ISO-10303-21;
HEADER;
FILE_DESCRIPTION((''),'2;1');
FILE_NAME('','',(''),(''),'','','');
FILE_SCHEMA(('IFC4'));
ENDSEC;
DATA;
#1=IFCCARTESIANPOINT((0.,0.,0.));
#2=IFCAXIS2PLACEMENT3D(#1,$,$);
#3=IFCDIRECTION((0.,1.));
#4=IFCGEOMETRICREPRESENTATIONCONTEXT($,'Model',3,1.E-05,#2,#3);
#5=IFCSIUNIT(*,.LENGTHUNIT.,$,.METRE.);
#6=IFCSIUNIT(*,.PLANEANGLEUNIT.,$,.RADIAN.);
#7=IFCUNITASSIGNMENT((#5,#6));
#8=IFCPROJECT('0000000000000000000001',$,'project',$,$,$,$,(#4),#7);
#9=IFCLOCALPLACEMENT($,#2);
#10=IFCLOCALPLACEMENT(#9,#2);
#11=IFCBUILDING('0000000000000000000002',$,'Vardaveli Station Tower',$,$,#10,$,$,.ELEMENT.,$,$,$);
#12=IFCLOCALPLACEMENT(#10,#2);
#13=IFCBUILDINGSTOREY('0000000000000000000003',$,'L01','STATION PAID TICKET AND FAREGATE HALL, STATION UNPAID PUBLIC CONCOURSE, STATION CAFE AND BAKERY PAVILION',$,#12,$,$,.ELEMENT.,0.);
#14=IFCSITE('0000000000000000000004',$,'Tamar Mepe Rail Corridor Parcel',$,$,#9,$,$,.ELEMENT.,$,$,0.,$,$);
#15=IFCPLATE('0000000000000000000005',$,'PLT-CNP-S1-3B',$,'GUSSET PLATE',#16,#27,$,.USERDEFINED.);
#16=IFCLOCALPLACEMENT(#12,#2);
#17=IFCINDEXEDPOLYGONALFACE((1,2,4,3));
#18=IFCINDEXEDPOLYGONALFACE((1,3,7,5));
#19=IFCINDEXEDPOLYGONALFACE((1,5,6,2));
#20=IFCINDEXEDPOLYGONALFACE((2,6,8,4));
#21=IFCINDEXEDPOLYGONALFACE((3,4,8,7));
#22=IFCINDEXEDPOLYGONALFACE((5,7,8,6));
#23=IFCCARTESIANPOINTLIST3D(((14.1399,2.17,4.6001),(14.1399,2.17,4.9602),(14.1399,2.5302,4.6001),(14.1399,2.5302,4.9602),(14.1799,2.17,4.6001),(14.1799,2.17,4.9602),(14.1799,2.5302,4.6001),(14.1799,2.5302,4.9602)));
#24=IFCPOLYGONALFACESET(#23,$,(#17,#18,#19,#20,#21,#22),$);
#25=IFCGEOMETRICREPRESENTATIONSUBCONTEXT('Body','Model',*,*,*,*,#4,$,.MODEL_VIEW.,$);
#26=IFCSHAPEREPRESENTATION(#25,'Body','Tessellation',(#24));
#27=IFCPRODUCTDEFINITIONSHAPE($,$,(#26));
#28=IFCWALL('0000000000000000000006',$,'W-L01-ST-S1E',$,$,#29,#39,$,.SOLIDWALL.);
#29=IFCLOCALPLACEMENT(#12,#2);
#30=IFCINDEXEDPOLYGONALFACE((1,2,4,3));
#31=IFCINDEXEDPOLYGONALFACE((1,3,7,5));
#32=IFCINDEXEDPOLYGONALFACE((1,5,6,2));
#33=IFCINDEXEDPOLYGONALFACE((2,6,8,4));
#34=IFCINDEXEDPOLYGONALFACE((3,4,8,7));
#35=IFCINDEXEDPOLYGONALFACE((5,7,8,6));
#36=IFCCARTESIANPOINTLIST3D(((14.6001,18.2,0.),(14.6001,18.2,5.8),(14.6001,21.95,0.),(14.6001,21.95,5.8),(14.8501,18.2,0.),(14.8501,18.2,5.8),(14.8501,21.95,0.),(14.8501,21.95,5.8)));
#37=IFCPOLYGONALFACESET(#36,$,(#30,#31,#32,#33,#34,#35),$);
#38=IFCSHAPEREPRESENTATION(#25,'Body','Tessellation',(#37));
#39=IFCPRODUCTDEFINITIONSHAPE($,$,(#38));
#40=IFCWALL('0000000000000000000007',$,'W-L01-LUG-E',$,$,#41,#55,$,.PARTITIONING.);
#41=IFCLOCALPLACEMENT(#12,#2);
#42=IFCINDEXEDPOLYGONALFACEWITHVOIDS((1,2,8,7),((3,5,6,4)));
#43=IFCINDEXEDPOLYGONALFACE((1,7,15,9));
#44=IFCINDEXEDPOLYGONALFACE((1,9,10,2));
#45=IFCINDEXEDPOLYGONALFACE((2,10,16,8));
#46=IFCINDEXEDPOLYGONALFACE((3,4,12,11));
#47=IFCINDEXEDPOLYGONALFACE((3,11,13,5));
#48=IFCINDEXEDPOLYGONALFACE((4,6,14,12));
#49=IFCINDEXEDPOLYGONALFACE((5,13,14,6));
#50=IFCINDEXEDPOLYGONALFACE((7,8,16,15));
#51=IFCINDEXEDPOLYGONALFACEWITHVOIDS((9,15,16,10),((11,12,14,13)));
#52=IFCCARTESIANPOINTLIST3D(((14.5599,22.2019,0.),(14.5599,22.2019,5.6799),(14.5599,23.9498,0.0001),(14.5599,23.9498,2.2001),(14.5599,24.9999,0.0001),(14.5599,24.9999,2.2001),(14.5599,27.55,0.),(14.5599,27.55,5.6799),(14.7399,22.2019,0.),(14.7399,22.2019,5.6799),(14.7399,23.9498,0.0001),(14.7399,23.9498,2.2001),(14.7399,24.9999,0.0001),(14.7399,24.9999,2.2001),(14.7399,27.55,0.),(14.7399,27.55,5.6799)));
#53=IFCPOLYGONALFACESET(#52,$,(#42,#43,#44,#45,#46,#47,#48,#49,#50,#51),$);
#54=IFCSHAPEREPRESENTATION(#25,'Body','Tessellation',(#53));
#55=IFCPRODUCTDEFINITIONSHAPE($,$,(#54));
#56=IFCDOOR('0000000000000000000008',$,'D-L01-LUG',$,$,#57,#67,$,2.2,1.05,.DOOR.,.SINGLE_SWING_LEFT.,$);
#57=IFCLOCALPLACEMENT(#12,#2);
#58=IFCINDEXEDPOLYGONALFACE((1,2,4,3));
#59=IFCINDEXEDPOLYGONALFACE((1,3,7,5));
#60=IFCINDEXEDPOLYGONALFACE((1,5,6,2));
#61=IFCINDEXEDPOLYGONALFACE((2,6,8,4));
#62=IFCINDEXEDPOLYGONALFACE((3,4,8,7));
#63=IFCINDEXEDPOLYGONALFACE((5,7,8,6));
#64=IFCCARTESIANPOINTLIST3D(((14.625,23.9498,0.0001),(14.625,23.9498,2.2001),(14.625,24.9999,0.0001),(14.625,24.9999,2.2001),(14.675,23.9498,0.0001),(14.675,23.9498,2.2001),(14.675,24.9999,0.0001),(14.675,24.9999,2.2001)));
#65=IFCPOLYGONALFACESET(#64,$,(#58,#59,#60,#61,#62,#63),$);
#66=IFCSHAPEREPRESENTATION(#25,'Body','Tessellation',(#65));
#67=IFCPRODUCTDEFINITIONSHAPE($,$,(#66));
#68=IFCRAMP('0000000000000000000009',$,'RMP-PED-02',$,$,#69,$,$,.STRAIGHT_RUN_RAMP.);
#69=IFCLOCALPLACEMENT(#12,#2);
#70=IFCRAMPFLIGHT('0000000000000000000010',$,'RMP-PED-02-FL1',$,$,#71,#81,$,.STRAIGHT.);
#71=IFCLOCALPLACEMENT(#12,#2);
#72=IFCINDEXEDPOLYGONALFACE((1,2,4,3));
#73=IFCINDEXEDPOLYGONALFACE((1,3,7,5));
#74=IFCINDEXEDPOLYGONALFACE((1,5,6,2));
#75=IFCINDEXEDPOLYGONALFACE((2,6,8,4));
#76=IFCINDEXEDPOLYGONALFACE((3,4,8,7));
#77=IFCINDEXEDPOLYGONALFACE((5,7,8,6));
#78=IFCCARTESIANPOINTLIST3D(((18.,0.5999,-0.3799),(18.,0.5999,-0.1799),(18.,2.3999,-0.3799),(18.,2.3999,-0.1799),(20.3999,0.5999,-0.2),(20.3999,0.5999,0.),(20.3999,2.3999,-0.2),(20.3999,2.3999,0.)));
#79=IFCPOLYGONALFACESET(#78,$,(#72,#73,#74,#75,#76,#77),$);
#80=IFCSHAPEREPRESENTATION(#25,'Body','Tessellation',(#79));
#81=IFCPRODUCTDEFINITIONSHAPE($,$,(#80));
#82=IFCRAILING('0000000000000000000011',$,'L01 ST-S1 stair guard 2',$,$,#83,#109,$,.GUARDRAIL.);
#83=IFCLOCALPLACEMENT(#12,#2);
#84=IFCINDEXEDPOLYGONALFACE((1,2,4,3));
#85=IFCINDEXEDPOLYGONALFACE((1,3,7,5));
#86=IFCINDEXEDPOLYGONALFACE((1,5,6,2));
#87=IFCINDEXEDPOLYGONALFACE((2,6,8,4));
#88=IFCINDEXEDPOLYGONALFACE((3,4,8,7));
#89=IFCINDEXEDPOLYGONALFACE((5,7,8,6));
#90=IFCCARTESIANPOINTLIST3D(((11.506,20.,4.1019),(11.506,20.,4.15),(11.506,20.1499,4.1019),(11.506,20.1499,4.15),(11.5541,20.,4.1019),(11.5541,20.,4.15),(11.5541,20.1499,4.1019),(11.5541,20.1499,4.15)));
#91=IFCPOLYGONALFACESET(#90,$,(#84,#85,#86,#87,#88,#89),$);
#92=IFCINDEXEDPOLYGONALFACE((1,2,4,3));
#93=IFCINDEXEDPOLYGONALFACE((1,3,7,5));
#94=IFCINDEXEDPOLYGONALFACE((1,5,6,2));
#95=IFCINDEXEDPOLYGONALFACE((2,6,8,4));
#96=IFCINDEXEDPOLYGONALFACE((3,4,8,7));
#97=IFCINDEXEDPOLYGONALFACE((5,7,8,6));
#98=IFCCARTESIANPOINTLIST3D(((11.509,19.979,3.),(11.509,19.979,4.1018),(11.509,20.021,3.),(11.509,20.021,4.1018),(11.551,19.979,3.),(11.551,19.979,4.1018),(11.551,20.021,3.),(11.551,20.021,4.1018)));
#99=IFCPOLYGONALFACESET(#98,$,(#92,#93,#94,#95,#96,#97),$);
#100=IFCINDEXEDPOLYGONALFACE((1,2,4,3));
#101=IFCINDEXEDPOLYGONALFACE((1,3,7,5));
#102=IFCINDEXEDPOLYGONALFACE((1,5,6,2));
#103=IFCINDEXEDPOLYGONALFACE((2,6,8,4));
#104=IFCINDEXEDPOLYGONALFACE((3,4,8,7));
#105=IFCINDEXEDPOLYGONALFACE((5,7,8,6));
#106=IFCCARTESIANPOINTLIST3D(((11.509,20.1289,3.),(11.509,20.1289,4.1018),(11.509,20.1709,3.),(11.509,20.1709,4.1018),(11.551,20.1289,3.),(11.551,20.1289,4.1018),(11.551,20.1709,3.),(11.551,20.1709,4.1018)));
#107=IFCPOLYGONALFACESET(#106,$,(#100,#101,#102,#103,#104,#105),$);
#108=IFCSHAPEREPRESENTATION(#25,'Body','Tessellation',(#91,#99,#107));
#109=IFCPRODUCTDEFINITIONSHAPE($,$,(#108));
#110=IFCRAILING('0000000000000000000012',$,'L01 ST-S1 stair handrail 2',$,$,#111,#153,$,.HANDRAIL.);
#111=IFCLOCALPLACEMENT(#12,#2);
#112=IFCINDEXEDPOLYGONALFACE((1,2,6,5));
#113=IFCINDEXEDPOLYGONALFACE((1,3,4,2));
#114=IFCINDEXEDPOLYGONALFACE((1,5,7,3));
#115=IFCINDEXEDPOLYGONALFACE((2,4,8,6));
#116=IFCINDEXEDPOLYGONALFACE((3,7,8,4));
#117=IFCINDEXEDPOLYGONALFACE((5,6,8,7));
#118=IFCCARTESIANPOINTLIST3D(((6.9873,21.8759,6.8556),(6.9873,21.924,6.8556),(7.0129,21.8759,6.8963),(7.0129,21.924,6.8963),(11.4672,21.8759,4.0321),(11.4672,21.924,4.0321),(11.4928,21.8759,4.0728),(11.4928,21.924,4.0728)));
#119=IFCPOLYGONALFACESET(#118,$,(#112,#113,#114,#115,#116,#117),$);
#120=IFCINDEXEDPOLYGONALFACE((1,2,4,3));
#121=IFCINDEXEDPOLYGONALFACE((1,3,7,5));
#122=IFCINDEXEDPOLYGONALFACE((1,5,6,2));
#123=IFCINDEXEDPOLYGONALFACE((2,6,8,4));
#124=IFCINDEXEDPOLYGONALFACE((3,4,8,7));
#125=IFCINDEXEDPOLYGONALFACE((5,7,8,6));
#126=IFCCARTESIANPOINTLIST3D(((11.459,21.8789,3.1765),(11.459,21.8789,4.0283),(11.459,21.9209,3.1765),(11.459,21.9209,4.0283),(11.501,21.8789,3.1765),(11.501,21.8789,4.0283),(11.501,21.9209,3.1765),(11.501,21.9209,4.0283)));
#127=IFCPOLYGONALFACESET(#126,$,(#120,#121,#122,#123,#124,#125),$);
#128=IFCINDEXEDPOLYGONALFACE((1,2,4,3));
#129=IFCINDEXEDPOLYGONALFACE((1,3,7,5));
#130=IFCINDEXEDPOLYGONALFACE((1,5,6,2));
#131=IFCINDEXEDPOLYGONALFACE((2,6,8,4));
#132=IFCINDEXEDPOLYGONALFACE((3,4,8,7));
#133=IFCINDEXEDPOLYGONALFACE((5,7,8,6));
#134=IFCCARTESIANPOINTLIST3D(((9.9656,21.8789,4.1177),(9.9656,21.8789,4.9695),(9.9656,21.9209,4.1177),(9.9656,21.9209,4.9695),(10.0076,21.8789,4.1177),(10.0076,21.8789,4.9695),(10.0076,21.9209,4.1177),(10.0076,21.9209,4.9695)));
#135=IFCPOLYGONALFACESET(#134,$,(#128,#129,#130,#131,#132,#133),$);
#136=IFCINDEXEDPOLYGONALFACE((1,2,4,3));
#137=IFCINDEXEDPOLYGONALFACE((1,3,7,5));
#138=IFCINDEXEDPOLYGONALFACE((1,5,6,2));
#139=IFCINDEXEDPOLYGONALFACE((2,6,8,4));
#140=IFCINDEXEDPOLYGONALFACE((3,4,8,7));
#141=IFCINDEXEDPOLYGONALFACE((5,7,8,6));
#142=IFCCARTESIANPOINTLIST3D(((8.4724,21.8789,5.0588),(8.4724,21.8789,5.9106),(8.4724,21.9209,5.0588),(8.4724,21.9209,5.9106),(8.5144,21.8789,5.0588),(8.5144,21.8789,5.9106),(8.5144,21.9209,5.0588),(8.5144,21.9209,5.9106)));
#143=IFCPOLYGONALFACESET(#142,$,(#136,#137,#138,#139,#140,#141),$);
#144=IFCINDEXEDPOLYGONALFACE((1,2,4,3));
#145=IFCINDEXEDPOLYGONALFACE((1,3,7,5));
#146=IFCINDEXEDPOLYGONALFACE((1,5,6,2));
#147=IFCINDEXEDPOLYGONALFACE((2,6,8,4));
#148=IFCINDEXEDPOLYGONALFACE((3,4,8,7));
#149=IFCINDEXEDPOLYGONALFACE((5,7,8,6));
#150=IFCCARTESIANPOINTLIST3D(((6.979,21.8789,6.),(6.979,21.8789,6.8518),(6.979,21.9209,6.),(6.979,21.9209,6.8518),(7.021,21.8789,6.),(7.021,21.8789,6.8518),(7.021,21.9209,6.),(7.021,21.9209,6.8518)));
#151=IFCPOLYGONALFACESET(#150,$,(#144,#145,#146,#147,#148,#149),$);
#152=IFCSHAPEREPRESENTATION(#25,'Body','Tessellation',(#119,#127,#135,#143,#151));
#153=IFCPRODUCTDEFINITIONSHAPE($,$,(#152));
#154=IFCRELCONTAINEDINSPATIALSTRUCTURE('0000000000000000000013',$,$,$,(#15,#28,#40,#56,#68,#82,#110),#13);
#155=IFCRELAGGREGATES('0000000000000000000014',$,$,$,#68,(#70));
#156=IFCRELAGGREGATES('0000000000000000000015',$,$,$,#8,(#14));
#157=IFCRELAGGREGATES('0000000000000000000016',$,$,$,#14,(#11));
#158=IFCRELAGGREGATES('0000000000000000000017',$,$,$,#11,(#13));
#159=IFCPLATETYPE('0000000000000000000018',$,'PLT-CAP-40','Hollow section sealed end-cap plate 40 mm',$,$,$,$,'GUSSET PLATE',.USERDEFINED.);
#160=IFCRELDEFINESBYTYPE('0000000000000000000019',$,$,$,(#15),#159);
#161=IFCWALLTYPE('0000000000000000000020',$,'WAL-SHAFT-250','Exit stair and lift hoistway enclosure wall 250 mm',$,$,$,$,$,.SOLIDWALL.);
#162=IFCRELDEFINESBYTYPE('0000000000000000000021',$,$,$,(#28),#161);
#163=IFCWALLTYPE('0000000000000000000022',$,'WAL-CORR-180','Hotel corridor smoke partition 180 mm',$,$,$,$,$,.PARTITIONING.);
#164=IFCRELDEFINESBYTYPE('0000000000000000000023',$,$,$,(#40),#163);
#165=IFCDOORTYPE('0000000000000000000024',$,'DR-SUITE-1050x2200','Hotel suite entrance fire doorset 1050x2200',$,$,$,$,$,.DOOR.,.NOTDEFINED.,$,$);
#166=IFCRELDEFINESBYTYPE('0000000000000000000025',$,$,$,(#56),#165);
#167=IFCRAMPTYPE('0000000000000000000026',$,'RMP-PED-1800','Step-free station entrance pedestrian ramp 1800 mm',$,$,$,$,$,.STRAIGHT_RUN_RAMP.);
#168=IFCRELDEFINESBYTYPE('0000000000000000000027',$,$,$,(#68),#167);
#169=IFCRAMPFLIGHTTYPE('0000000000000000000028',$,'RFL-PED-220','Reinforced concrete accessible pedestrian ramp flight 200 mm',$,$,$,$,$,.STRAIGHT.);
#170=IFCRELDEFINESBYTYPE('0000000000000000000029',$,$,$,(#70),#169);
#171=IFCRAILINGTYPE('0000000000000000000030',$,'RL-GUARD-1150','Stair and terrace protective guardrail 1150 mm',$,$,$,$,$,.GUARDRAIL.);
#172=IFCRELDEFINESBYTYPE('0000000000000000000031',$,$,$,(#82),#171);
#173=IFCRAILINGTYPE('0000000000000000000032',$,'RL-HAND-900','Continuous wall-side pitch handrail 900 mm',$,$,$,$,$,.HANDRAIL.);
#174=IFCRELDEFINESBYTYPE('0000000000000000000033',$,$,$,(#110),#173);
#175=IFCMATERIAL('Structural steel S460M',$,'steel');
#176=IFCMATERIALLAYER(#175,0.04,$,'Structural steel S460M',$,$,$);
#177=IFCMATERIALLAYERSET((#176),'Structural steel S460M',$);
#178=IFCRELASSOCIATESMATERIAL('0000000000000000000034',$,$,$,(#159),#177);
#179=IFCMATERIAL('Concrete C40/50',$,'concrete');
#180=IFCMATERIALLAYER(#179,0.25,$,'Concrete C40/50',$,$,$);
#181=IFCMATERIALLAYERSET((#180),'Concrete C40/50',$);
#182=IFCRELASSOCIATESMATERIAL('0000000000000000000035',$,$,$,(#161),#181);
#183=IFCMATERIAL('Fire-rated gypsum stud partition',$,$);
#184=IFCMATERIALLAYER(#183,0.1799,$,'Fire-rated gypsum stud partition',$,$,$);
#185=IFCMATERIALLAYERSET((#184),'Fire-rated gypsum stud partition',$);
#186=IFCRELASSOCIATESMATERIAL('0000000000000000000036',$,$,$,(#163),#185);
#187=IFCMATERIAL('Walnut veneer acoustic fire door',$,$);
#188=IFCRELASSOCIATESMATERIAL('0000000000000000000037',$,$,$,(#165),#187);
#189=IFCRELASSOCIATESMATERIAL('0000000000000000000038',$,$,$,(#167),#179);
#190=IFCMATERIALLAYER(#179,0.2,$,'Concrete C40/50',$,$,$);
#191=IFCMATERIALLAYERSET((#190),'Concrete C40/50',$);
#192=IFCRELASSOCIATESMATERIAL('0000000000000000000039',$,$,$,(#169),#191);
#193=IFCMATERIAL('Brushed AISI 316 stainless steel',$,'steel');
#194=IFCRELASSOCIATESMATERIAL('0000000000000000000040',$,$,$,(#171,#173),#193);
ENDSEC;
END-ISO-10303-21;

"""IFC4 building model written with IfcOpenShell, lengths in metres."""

from ifc_helpers import new_model, si_unit, direction, frame, frame_2d, origin, origin_2d, place, context, subcontext, project, spatial, polyline, rectangle, outline, extrude, source, transform, mapped, material, layer, layer_set, type_object, element, fill, aggregate, save


model = new_model("IFC4")

# Units and contexts
model_context = context("Model", 3, precision=1e-05, world=origin(), true_north=direction((0.0, 1.0)))
body_context = subcontext(model_context, "Body", "Model", "MODEL_VIEW")
ifc_project = project(units=[si_unit("LENGTHUNIT", "METRE"), si_unit("PLANEANGLEUNIT", "RADIAN")], contexts=[model_context])

# Site, building, storey
site_placement = place(None, origin())
site = spatial("IfcSite", under=ifc_project, at=site_placement, Name="Tamar Mepe Rail Corridor Parcel", CompositionType="ELEMENT", RefElevation=0.0)
building_placement = place(site_placement, origin())
building = spatial("IfcBuilding", under=site, at=building_placement, Name="Vardaveli Station Tower", CompositionType="ELEMENT")
storey_placement = place(building_placement, origin())
storey = spatial("IfcBuildingStorey", under=building, at=storey_placement, Name="L01", Description="STATION PAID TICKET AND FAREGATE HALL, STATION UNPAID PUBLIC CONCOURSE, STATION CAFE AND BAKERY PAVILION", CompositionType="ELEMENT", Elevation=0.0)

# Plate
ifc_material_1 = material(Name="Structural steel S460M", Category="steel")
ifc_layer_1 = layer(ifc_material_1, 0.04, Name="Structural steel S460M")
ifc_layer_set_1 = layer_set([ifc_layer_1], Name="Structural steel S460M")
plate_type_1 = type_object("IfcPlateType", Name="PLT-CAP-40", Description="Hollow section sealed end-cap plate 40 mm", ElementType="GUSSET PLATE", PredefinedType="USERDEFINED", material=ifc_layer_set_1)
shared_shape_1 = source(origin(), body_context, "Body", "SweptSolid", [
    extrude(rectangle(XDim=0.04, YDim=0.3601, at=origin_2d()), origin(), (0.0, 0.0, 1.0), 0.3601),
])
for number, where, z_axis, x_axis, name in (
    (1, (14.1599, 2.3501, 4.6001), (0.0, 0.0, 1.0), (1.0, 0.0, 0.0), "PLT-CNP-S1-3B"),
):
    element("IfcPlate", number, at=place(storey_placement, frame(where, z_axis=z_axis, x_axis=x_axis)), inside=storey, type_object=plate_type_1, Name=name, ObjectType="GUSSET PLATE", PredefinedType="USERDEFINED", context=body_context, shape_type="MappedRepresentation", body=[
        mapped(shared_shape_1, transform((0.0, 0.0, 0.0), scale=1.0)),
    ])

# Wall
ifc_material_2 = material(Name="Concrete C40/50", Category="concrete")
ifc_layer_2 = layer(ifc_material_2, 0.25, Name="Concrete C40/50")
ifc_layer_set_2 = layer_set([ifc_layer_2], Name="Concrete C40/50")
wall_type_1 = type_object("IfcWallType", Name="WAL-SHAFT-250", Description="Exit stair and lift hoistway enclosure wall 250 mm", PredefinedType="SOLIDWALL", material=ifc_layer_set_2)
shared_shape_2 = source(origin(), body_context, "Body", "SweptSolid", [
    extrude(rectangle(XDim=3.75, YDim=0.25, at=frame_2d((1.875, 0.0))), origin(), (0.0, 0.0, 1.0), 5.8),
])
wall_1_placement = place(storey_placement, frame((14.7251, 18.2, 0.0), z_axis=(0.0, 0.0, 1.0), x_axis=(0.0, 1.0, 0.0)))
element("IfcWall", 2, at=wall_1_placement, inside=storey, type_object=wall_type_1, Name="W-L01-ST-S1E", PredefinedType="SOLIDWALL", context=body_context, shape_type="MappedRepresentation", body=[
    mapped(shared_shape_2, transform((0.0, 0.0, 0.0), scale=1.0)),
])

# Wall, opening, door
ifc_material_3 = material(Name="Fire-rated gypsum stud partition")
ifc_layer_3 = layer(ifc_material_3, 0.1799, Name="Fire-rated gypsum stud partition")
ifc_layer_set_3 = layer_set([ifc_layer_3], Name="Fire-rated gypsum stud partition")
wall_type_2 = type_object("IfcWallType", Name="WAL-CORR-180", Description="Hotel corridor smoke partition 180 mm", PredefinedType="PARTITIONING", material=ifc_layer_set_3)
shared_shape_3 = source(origin(), body_context, "Body", "SweptSolid", [
    extrude(rectangle(XDim=5.3481, YDim=0.1799, at=frame_2d((2.6741, 0.0))), origin(), (0.0, 0.0, 1.0), 5.6799),
])
wall_2_placement = place(storey_placement, frame((14.6499, 22.2019, 0.0), z_axis=(0.0, 0.0, 1.0), x_axis=(0.0, 1.0, 0.0)))
wall_2 = element("IfcWall", 3, at=wall_2_placement, inside=storey, type_object=wall_type_2, Name="W-L01-LUG-E", PredefinedType="PARTITIONING", context=body_context, shape_type="MappedRepresentation", body=[
    mapped(shared_shape_3, transform((0.0, 0.0, 0.0), scale=1.0)),
])
shared_shape_4 = source(origin(), body_context, "Body", "SweptSolid", [
    extrude(rectangle(XDim=1.05, YDim=2.2, at=frame_2d((0.5249, 1.1001))), frame((0.0, 0.1001, 0.0), z_axis=(0.0, -1.0, 0.0), x_axis=(1.0, 0.0, 0.0)), (0.0, 0.0, 1.0), 0.2),
])
opening_placement = place(wall_2_placement, frame((1.748, 0.0, 0.0)))
opening = element("IfcOpeningElement", 4, at=opening_placement, cuts=wall_2, PredefinedType="OPENING", context=body_context, shape_type="MappedRepresentation", body=[
    mapped(shared_shape_4, transform((0.0, 0.0, 0.0), scale=1.0)),
])
ifc_material_4 = material(Name="Walnut veneer acoustic fire door")
door_type = type_object("IfcDoorType", Name="DR-SUITE-1050x2200", Description="Hotel suite entrance fire doorset 1050x2200", OperationType="NOTDEFINED", PredefinedType="DOOR", material=ifc_material_4)
shared_shape_5 = source(origin(), body_context, "Body", "SweptSolid", [
    extrude(rectangle(XDim=1.05, YDim=2.2, at=frame_2d((0.5249, 1.1001))), frame((0.0, 0.0249, 0.0), z_axis=(0.0, -1.0, 0.0), x_axis=(1.0, 0.0, 0.0)), (0.0, 0.0, 1.0), 0.05),
])
door_placement = place(opening_placement, origin())
door = element("IfcDoor", 5, at=door_placement, inside=storey, type_object=door_type, Name="D-L01-LUG", OperationType="SINGLE_SWING_LEFT", OverallHeight=2.2, OverallWidth=1.05, PredefinedType="DOOR", context=body_context, shape_type="MappedRepresentation", body=[
    mapped(shared_shape_5, transform((0.0, 0.0, 0.0), scale=1.0)),
])
fill(opening, door)

# Ramp, ramp flight
ramp_type = type_object("IfcRampType", Name="RMP-PED-1800", Description="Step-free station entrance pedestrian ramp 1800 mm", PredefinedType="STRAIGHT_RUN_RAMP", material=ifc_material_2)
ramp_placement = place(storey_placement, origin())
ramp = element("IfcRamp", 6, at=ramp_placement, inside=storey, type_object=ramp_type, Name="RMP-PED-02", PredefinedType="STRAIGHT_RUN_RAMP")
ifc_layer_4 = layer(ifc_material_2, 0.2, Name="Concrete C40/50")
ifc_layer_set_4 = layer_set([ifc_layer_4], Name="Concrete C40/50")
ramp_flight_type = type_object("IfcRampFlightType", Name="RFL-PED-220", Description="Reinforced concrete accessible pedestrian ramp flight 200 mm", PredefinedType="STRAIGHT", material=ifc_layer_set_4)
ramp_flight_placement = place(storey_placement, frame((18.0, 1.5, -0.1799), z_axis=(0.0, 0.0, 1.0), x_axis=(1.0, 0.0, 0.0)))
ramp_flight = element("IfcRampFlight", 7, at=ramp_flight_placement, type_object=ramp_flight_type, Name="RMP-PED-02-FL1", PredefinedType="STRAIGHT", context=body_context, shape_type="SweptSolid", body=[
    extrude(outline(polyline([(0.0, -0.2), (2.3999, -0.02), (2.3999, 0.1799), (0.0, 0.0), (0.0, -0.2)])), frame((0.0, 0.8999, 0.0), z_axis=(0.0, -1.0, 0.0), x_axis=(1.0, 0.0, 0.0)), (0.0, 0.0, 1.0), 1.8),
])
aggregate(ramp, [ramp_flight])

# Railings
ifc_material_5 = material(Name="Brushed AISI 316 stainless steel", Category="steel")
railing_type_1 = type_object("IfcRailingType", Name="RL-GUARD-1150", Description="Stair and terrace protective guardrail 1150 mm", PredefinedType="GUARDRAIL", material=ifc_material_5)
shared_shape_6 = source(origin(), body_context, "Body", "SweptSolid", [
    extrude(rectangle(XDim=0.0481, YDim=0.0481, at=origin_2d()), frame((0.0, 0.0, 1.126), z_axis=(0.0, 1.0, 0.0), x_axis=(-1.0, 0.0, 0.0)), (0.0, 0.0, 1.0), 0.1499),
    extrude(rectangle(XDim=0.042, YDim=0.042, at=origin_2d()), origin(), (0.0, 0.0, 1.0), 1.1018),
    extrude(rectangle(XDim=0.042, YDim=0.042, at=origin_2d()), frame((0.0, 0.1499, 0.0)), (0.0, 0.0, 1.0), 1.1018),
])
railing_1_placement = place(storey_placement, frame((11.53, 20.0, 3.0)))
element("IfcRailing", 8, at=railing_1_placement, inside=storey, type_object=railing_type_1, Name="L01 ST-S1 stair guard 2", PredefinedType="GUARDRAIL", context=body_context, shape_type="MappedRepresentation", body=[
    mapped(shared_shape_6, transform((0.0, 0.0, 0.0), scale=1.0)),
])
railing_type_2 = type_object("IfcRailingType", Name="RL-HAND-900", Description="Continuous wall-side pitch handrail 900 mm", PredefinedType="HANDRAIL", material=ifc_material_5)
shared_shape_7 = source(origin(), body_context, "Body", "SweptSolid", [
    extrude(rectangle(XDim=0.0481, YDim=0.0481, at=origin_2d()), frame((0.0, 0.0, 0.876), z_axis=(-0.845998, 0.0, 0.533186), x_axis=(0.0, -1.0, 0.0)), (0.0, 0.0, 1.0), 5.2954),
    extrude(rectangle(XDim=0.042, YDim=0.042, at=origin_2d()), origin(), (0.0, 0.0, 1.0), 0.8518),
    extrude(rectangle(XDim=0.042, YDim=0.042, at=origin_2d()), frame((-1.4934, 0.0, 0.9412)), (0.0, 0.0, 1.0), 0.8518),
    extrude(rectangle(XDim=0.042, YDim=0.042, at=origin_2d()), frame((-2.9866, 0.0, 1.8823)), (0.0, 0.0, 1.0), 0.8518),
    extrude(rectangle(XDim=0.042, YDim=0.042, at=origin_2d()), frame((-4.48, 0.0, 2.8235)), (0.0, 0.0, 1.0), 0.8518),
])
railing_2_placement = place(storey_placement, frame((11.48, 21.8999, 3.1765)))
element("IfcRailing", 9, at=railing_2_placement, inside=storey, type_object=railing_type_2, Name="L01 ST-S1 stair handrail 2", PredefinedType="HANDRAIL", context=body_context, shape_type="MappedRepresentation", body=[
    mapped(shared_shape_7, transform((0.0, 0.0, 0.0), scale=1.0)),
])

save(model, "model.ifc")
